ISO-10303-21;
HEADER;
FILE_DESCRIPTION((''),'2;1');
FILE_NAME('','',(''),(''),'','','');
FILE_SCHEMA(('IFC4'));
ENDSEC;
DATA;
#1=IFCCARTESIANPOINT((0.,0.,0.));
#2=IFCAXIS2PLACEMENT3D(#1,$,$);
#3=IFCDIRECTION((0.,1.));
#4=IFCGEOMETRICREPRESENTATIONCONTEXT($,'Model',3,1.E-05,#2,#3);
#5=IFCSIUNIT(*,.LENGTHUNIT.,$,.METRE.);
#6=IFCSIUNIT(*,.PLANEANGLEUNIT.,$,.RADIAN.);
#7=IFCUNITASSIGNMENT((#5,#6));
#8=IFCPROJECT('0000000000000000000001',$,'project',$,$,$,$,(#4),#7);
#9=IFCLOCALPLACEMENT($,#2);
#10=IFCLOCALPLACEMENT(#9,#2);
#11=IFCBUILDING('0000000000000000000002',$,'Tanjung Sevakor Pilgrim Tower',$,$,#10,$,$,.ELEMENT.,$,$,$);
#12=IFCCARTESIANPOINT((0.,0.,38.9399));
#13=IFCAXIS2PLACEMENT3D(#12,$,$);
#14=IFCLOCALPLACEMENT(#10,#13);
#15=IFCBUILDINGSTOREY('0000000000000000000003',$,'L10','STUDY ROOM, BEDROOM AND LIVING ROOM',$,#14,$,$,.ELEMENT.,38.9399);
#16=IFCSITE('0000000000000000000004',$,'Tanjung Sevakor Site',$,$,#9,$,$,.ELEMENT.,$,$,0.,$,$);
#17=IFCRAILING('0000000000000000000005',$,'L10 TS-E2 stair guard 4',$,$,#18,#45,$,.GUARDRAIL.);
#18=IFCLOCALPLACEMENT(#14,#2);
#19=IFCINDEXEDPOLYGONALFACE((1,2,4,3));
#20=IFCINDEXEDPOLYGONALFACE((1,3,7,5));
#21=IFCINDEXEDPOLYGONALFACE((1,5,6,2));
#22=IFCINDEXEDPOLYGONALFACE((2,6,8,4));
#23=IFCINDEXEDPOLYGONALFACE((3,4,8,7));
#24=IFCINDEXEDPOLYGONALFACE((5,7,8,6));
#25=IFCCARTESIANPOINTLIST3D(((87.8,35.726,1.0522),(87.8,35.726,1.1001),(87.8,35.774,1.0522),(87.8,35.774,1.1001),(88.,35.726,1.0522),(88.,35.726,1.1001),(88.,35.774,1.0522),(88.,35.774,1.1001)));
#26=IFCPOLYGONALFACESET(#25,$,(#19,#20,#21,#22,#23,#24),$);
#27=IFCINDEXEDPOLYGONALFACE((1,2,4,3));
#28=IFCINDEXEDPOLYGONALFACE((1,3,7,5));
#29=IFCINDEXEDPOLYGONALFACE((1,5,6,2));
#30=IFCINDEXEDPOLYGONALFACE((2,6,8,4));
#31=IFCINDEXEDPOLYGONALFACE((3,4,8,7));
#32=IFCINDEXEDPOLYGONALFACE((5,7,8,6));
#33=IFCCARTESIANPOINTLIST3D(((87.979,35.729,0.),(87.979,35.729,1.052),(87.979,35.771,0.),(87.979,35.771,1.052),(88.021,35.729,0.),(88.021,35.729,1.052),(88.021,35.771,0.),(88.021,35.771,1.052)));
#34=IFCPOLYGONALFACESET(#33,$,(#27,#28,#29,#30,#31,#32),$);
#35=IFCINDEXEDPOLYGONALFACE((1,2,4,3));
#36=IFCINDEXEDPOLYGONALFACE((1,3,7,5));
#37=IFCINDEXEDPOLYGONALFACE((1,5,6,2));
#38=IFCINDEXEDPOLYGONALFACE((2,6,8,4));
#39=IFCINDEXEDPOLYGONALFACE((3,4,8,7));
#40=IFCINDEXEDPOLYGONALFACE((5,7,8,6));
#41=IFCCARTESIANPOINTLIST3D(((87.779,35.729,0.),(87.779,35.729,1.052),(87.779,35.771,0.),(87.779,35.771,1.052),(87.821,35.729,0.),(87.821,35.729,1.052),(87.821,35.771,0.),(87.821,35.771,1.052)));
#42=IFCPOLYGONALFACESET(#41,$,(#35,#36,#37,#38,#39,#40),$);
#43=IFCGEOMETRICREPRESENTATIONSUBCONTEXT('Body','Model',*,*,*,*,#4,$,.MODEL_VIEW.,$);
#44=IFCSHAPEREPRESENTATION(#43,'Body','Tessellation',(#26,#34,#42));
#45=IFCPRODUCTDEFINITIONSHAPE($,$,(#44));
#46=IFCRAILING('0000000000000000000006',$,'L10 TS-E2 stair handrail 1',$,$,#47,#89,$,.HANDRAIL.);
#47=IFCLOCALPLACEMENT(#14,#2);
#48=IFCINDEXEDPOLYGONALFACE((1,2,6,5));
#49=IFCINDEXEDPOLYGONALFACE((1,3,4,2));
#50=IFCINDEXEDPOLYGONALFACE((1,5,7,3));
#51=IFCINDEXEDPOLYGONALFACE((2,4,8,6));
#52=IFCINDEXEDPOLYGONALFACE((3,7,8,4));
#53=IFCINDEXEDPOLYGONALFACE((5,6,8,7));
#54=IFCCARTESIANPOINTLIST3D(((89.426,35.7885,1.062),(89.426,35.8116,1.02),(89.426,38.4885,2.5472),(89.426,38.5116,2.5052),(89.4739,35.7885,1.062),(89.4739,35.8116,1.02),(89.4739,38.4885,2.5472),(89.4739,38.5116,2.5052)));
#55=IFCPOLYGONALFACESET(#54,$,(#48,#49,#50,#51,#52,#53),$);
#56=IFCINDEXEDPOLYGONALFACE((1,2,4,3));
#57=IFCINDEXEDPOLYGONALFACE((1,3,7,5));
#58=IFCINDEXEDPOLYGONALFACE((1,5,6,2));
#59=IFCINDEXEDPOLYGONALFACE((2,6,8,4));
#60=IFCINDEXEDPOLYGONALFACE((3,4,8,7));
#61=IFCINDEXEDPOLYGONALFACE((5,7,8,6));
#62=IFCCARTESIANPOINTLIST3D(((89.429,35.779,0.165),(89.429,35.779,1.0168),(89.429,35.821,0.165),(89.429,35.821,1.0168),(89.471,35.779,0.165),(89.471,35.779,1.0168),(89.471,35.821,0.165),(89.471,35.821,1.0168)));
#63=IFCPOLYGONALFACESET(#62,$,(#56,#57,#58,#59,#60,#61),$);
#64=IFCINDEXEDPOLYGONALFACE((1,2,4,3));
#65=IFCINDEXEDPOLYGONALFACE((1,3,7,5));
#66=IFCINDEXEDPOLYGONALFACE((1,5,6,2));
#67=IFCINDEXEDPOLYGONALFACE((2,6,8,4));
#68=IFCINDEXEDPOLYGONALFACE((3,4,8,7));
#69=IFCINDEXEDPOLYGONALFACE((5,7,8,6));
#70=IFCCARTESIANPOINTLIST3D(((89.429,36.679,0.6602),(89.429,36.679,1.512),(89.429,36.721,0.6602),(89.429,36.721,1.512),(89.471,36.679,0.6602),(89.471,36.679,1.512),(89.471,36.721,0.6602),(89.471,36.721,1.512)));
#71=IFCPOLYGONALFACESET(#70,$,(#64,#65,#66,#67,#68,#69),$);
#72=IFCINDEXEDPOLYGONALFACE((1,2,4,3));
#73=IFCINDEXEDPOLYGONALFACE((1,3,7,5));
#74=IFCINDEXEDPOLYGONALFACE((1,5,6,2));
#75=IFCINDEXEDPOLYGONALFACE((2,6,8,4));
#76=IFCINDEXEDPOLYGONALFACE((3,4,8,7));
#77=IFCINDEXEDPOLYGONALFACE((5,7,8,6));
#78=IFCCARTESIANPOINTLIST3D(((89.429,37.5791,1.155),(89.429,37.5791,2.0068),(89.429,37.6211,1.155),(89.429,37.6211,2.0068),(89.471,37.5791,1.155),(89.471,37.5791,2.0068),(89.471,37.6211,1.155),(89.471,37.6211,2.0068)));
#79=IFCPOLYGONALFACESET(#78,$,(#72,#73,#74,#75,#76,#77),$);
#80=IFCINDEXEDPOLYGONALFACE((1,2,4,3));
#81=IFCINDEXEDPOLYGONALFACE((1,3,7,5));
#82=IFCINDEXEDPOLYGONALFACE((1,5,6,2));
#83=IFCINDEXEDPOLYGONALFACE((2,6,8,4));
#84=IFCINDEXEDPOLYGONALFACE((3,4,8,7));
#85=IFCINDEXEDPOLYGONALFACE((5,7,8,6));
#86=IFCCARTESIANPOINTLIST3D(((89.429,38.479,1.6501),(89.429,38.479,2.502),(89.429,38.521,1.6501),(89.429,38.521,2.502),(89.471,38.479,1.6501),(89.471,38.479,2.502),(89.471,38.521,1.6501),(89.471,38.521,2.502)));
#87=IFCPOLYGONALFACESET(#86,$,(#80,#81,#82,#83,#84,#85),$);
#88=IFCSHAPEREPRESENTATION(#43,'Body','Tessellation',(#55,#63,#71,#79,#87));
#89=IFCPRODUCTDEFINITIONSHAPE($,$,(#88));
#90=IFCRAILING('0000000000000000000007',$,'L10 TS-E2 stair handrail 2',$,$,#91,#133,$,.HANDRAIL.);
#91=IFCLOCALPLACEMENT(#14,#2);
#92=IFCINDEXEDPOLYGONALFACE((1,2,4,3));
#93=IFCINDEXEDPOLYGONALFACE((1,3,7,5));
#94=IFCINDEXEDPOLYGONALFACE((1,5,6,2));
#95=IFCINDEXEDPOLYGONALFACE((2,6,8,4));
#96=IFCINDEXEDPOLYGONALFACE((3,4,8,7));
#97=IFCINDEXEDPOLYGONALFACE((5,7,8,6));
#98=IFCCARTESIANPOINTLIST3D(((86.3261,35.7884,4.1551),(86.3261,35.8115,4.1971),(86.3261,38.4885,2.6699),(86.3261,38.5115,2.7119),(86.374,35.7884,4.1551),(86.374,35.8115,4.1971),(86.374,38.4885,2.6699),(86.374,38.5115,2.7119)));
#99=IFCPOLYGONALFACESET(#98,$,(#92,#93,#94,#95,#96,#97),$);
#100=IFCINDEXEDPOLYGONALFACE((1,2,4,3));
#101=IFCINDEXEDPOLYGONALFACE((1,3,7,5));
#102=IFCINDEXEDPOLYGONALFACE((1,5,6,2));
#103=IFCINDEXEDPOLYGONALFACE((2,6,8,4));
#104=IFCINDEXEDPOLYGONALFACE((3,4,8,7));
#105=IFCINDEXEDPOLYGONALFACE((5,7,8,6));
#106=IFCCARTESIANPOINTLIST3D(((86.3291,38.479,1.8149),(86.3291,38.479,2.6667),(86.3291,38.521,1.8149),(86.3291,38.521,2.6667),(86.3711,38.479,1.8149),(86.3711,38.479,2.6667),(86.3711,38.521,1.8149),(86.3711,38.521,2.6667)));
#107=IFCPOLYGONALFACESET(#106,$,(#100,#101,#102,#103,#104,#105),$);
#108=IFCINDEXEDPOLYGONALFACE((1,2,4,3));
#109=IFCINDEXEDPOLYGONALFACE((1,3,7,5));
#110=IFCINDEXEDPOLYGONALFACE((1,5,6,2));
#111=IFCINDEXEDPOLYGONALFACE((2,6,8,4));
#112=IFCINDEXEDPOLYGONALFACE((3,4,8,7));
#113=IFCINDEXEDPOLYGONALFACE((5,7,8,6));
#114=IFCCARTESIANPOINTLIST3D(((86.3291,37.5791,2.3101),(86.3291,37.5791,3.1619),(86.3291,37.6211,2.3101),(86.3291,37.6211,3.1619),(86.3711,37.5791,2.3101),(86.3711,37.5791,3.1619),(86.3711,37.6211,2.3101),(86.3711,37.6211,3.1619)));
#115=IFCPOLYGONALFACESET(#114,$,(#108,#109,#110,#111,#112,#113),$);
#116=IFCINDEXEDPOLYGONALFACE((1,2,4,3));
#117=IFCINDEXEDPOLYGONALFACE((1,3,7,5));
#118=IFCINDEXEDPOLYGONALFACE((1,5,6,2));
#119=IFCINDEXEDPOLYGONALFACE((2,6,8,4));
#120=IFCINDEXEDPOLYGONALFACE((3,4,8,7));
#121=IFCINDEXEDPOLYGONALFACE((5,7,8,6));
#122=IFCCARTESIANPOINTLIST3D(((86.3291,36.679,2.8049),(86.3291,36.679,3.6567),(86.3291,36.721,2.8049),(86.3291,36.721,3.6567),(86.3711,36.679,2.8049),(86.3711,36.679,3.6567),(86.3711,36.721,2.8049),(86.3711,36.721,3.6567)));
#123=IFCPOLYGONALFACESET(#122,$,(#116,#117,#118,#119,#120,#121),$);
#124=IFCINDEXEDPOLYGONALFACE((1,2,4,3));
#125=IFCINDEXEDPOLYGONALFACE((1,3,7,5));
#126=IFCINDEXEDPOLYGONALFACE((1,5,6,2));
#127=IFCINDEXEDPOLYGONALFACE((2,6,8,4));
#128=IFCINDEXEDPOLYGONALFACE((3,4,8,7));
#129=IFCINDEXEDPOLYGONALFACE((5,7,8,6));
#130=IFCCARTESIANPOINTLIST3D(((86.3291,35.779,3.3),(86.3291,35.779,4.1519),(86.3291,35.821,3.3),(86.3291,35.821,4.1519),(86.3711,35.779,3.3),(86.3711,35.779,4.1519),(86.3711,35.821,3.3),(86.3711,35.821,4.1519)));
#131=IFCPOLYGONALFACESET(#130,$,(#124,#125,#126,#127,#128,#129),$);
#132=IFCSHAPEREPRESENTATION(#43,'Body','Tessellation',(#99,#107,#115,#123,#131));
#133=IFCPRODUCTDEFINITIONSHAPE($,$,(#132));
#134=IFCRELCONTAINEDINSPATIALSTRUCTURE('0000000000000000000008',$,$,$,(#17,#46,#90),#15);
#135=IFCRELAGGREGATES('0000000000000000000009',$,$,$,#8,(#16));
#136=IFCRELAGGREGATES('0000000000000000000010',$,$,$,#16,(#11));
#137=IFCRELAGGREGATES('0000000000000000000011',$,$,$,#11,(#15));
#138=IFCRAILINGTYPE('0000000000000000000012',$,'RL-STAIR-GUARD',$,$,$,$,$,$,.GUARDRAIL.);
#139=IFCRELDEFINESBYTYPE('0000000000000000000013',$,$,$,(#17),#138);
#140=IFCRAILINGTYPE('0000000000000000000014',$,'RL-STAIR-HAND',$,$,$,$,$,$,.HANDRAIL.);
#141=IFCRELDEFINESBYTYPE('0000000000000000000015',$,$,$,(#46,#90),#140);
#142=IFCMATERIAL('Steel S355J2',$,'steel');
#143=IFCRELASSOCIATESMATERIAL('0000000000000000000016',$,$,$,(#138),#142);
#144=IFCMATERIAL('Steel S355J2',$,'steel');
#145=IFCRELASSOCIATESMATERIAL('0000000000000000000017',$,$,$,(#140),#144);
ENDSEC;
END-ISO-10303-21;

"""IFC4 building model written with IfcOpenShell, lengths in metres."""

from ifc_helpers import new_model, si_unit, direction, frame, origin, place, context, subcontext, project, spatial, rectangle, extrude, material, type_object, element, save


model = new_model("IFC4")

# Units and contexts
model_context = context("Model", 3, precision=1e-05, world=origin(), true_north=direction((0.0, 1.0)))
body_context = subcontext(model_context, "Body", "Model", "MODEL_VIEW")
ifc_project = project(units=[si_unit("LENGTHUNIT", "METRE"), si_unit("PLANEANGLEUNIT", "RADIAN")], contexts=[model_context])

# Site, building, storey
site_placement = place(None, origin())
site = spatial("IfcSite", under=ifc_project, at=site_placement, Name="Tanjung Sevakor Site", CompositionType="ELEMENT", RefElevation=0.0)
building_placement = place(site_placement, origin())
building = spatial("IfcBuilding", under=site, at=building_placement, Name="Tanjung Sevakor Pilgrim Tower", CompositionType="ELEMENT")
storey_placement = place(building_placement, frame((0.0, 0.0, 38.9399)))
storey = spatial("IfcBuildingStorey", under=building, at=storey_placement, Name="L10", Description="STUDY ROOM, BEDROOM AND LIVING ROOM", CompositionType="ELEMENT", Elevation=38.9399)

# Railings
ifc_material_1 = material(Name="Steel S355J2", Category="steel")
railing_type_1 = type_object("IfcRailingType", Name="RL-STAIR-GUARD", PredefinedType="GUARDRAIL", material=ifc_material_1)
railing_1_placement = place(storey_placement, frame((88.0, 35.75, 0.0)))
element("IfcRailing", 1, at=railing_1_placement, inside=storey, type_object=railing_type_1, Name="L10 TS-E2 stair guard 4", PredefinedType="GUARDRAIL", context=body_context, shape_type="SweptSolid", body=[
    extrude(rectangle(XDim=0.0479, YDim=0.0479), frame((0.0, 0.0, 1.0762), z_axis=(-1.0, 0.0, 0.0), x_axis=(0.0, -1.0, 0.0)), (0.0, 0.0, 1.0), 0.2),
    extrude(rectangle(XDim=0.042, YDim=0.042), origin(), (0.0, 0.0, 1.0), 1.052),
    extrude(rectangle(XDim=0.042, YDim=0.042), frame((-0.2, 0.0, 0.0)), (0.0, 0.0, 1.0), 1.052),
])
ifc_material_2 = material(Name="Steel S355J2", Category="steel")
railing_type_2 = type_object("IfcRailingType", Name="RL-STAIR-HAND", PredefinedType="HANDRAIL", material=ifc_material_2)
railing_2_placement = place(storey_placement, frame((89.45, 35.8, 0.165)))
element("IfcRailing", 2, at=railing_2_placement, inside=storey, type_object=railing_type_2, Name="L10 TS-E2 stair handrail 1", PredefinedType="HANDRAIL", context=body_context, shape_type="SweptSolid", body=[
    extrude(rectangle(XDim=0.0479, YDim=0.0479), frame((0.0, 0.0, 0.876), z_axis=(0.0, 0.876198, 0.481952), x_axis=(-1.0, 0.0, 0.0)), (0.0, 0.0, 1.0), 3.0815),
    extrude(rectangle(XDim=0.042, YDim=0.042), origin(), (0.0, 0.0, 1.0), 0.8518),
    extrude(rectangle(XDim=0.042, YDim=0.042), frame((0.0, 0.8999, 0.4951)), (0.0, 0.0, 1.0), 0.8518),
    extrude(rectangle(XDim=0.042, YDim=0.042), frame((0.0, 1.8, 0.99)), (0.0, 0.0, 1.0), 0.8518),
    extrude(rectangle(XDim=0.042, YDim=0.042), frame((0.0, 2.7, 1.4851)), (0.0, 0.0, 1.0), 0.8518),
])
railing_3_placement = place(storey_placement, frame((86.3501, 38.5, 1.8149)))
element("IfcRailing", 3, at=railing_3_placement, inside=storey, type_object=railing_type_2, Name="L10 TS-E2 stair handrail 2", PredefinedType="HANDRAIL", context=body_context, shape_type="SweptSolid", body=[
    extrude(rectangle(XDim=0.0479, YDim=0.0479), frame((0.0, 0.0, 0.876), z_axis=(0.0, -0.876198, 0.481952), x_axis=(1.0, 0.0, 0.0)), (0.0, 0.0, 1.0), 3.0815),
    extrude(rectangle(XDim=0.042, YDim=0.042), origin(), (0.0, 0.0, 1.0), 0.8518),
    extrude(rectangle(XDim=0.042, YDim=0.042), frame((0.0, -0.8999, 0.4951)), (0.0, 0.0, 1.0), 0.8518),
    extrude(rectangle(XDim=0.042, YDim=0.042), frame((0.0, -1.8, 0.99)), (0.0, 0.0, 1.0), 0.8518),
    extrude(rectangle(XDim=0.042, YDim=0.042), frame((0.0, -2.7, 1.4851)), (0.0, 0.0, 1.0), 0.8518),
])

save(model, "model.ifc")
